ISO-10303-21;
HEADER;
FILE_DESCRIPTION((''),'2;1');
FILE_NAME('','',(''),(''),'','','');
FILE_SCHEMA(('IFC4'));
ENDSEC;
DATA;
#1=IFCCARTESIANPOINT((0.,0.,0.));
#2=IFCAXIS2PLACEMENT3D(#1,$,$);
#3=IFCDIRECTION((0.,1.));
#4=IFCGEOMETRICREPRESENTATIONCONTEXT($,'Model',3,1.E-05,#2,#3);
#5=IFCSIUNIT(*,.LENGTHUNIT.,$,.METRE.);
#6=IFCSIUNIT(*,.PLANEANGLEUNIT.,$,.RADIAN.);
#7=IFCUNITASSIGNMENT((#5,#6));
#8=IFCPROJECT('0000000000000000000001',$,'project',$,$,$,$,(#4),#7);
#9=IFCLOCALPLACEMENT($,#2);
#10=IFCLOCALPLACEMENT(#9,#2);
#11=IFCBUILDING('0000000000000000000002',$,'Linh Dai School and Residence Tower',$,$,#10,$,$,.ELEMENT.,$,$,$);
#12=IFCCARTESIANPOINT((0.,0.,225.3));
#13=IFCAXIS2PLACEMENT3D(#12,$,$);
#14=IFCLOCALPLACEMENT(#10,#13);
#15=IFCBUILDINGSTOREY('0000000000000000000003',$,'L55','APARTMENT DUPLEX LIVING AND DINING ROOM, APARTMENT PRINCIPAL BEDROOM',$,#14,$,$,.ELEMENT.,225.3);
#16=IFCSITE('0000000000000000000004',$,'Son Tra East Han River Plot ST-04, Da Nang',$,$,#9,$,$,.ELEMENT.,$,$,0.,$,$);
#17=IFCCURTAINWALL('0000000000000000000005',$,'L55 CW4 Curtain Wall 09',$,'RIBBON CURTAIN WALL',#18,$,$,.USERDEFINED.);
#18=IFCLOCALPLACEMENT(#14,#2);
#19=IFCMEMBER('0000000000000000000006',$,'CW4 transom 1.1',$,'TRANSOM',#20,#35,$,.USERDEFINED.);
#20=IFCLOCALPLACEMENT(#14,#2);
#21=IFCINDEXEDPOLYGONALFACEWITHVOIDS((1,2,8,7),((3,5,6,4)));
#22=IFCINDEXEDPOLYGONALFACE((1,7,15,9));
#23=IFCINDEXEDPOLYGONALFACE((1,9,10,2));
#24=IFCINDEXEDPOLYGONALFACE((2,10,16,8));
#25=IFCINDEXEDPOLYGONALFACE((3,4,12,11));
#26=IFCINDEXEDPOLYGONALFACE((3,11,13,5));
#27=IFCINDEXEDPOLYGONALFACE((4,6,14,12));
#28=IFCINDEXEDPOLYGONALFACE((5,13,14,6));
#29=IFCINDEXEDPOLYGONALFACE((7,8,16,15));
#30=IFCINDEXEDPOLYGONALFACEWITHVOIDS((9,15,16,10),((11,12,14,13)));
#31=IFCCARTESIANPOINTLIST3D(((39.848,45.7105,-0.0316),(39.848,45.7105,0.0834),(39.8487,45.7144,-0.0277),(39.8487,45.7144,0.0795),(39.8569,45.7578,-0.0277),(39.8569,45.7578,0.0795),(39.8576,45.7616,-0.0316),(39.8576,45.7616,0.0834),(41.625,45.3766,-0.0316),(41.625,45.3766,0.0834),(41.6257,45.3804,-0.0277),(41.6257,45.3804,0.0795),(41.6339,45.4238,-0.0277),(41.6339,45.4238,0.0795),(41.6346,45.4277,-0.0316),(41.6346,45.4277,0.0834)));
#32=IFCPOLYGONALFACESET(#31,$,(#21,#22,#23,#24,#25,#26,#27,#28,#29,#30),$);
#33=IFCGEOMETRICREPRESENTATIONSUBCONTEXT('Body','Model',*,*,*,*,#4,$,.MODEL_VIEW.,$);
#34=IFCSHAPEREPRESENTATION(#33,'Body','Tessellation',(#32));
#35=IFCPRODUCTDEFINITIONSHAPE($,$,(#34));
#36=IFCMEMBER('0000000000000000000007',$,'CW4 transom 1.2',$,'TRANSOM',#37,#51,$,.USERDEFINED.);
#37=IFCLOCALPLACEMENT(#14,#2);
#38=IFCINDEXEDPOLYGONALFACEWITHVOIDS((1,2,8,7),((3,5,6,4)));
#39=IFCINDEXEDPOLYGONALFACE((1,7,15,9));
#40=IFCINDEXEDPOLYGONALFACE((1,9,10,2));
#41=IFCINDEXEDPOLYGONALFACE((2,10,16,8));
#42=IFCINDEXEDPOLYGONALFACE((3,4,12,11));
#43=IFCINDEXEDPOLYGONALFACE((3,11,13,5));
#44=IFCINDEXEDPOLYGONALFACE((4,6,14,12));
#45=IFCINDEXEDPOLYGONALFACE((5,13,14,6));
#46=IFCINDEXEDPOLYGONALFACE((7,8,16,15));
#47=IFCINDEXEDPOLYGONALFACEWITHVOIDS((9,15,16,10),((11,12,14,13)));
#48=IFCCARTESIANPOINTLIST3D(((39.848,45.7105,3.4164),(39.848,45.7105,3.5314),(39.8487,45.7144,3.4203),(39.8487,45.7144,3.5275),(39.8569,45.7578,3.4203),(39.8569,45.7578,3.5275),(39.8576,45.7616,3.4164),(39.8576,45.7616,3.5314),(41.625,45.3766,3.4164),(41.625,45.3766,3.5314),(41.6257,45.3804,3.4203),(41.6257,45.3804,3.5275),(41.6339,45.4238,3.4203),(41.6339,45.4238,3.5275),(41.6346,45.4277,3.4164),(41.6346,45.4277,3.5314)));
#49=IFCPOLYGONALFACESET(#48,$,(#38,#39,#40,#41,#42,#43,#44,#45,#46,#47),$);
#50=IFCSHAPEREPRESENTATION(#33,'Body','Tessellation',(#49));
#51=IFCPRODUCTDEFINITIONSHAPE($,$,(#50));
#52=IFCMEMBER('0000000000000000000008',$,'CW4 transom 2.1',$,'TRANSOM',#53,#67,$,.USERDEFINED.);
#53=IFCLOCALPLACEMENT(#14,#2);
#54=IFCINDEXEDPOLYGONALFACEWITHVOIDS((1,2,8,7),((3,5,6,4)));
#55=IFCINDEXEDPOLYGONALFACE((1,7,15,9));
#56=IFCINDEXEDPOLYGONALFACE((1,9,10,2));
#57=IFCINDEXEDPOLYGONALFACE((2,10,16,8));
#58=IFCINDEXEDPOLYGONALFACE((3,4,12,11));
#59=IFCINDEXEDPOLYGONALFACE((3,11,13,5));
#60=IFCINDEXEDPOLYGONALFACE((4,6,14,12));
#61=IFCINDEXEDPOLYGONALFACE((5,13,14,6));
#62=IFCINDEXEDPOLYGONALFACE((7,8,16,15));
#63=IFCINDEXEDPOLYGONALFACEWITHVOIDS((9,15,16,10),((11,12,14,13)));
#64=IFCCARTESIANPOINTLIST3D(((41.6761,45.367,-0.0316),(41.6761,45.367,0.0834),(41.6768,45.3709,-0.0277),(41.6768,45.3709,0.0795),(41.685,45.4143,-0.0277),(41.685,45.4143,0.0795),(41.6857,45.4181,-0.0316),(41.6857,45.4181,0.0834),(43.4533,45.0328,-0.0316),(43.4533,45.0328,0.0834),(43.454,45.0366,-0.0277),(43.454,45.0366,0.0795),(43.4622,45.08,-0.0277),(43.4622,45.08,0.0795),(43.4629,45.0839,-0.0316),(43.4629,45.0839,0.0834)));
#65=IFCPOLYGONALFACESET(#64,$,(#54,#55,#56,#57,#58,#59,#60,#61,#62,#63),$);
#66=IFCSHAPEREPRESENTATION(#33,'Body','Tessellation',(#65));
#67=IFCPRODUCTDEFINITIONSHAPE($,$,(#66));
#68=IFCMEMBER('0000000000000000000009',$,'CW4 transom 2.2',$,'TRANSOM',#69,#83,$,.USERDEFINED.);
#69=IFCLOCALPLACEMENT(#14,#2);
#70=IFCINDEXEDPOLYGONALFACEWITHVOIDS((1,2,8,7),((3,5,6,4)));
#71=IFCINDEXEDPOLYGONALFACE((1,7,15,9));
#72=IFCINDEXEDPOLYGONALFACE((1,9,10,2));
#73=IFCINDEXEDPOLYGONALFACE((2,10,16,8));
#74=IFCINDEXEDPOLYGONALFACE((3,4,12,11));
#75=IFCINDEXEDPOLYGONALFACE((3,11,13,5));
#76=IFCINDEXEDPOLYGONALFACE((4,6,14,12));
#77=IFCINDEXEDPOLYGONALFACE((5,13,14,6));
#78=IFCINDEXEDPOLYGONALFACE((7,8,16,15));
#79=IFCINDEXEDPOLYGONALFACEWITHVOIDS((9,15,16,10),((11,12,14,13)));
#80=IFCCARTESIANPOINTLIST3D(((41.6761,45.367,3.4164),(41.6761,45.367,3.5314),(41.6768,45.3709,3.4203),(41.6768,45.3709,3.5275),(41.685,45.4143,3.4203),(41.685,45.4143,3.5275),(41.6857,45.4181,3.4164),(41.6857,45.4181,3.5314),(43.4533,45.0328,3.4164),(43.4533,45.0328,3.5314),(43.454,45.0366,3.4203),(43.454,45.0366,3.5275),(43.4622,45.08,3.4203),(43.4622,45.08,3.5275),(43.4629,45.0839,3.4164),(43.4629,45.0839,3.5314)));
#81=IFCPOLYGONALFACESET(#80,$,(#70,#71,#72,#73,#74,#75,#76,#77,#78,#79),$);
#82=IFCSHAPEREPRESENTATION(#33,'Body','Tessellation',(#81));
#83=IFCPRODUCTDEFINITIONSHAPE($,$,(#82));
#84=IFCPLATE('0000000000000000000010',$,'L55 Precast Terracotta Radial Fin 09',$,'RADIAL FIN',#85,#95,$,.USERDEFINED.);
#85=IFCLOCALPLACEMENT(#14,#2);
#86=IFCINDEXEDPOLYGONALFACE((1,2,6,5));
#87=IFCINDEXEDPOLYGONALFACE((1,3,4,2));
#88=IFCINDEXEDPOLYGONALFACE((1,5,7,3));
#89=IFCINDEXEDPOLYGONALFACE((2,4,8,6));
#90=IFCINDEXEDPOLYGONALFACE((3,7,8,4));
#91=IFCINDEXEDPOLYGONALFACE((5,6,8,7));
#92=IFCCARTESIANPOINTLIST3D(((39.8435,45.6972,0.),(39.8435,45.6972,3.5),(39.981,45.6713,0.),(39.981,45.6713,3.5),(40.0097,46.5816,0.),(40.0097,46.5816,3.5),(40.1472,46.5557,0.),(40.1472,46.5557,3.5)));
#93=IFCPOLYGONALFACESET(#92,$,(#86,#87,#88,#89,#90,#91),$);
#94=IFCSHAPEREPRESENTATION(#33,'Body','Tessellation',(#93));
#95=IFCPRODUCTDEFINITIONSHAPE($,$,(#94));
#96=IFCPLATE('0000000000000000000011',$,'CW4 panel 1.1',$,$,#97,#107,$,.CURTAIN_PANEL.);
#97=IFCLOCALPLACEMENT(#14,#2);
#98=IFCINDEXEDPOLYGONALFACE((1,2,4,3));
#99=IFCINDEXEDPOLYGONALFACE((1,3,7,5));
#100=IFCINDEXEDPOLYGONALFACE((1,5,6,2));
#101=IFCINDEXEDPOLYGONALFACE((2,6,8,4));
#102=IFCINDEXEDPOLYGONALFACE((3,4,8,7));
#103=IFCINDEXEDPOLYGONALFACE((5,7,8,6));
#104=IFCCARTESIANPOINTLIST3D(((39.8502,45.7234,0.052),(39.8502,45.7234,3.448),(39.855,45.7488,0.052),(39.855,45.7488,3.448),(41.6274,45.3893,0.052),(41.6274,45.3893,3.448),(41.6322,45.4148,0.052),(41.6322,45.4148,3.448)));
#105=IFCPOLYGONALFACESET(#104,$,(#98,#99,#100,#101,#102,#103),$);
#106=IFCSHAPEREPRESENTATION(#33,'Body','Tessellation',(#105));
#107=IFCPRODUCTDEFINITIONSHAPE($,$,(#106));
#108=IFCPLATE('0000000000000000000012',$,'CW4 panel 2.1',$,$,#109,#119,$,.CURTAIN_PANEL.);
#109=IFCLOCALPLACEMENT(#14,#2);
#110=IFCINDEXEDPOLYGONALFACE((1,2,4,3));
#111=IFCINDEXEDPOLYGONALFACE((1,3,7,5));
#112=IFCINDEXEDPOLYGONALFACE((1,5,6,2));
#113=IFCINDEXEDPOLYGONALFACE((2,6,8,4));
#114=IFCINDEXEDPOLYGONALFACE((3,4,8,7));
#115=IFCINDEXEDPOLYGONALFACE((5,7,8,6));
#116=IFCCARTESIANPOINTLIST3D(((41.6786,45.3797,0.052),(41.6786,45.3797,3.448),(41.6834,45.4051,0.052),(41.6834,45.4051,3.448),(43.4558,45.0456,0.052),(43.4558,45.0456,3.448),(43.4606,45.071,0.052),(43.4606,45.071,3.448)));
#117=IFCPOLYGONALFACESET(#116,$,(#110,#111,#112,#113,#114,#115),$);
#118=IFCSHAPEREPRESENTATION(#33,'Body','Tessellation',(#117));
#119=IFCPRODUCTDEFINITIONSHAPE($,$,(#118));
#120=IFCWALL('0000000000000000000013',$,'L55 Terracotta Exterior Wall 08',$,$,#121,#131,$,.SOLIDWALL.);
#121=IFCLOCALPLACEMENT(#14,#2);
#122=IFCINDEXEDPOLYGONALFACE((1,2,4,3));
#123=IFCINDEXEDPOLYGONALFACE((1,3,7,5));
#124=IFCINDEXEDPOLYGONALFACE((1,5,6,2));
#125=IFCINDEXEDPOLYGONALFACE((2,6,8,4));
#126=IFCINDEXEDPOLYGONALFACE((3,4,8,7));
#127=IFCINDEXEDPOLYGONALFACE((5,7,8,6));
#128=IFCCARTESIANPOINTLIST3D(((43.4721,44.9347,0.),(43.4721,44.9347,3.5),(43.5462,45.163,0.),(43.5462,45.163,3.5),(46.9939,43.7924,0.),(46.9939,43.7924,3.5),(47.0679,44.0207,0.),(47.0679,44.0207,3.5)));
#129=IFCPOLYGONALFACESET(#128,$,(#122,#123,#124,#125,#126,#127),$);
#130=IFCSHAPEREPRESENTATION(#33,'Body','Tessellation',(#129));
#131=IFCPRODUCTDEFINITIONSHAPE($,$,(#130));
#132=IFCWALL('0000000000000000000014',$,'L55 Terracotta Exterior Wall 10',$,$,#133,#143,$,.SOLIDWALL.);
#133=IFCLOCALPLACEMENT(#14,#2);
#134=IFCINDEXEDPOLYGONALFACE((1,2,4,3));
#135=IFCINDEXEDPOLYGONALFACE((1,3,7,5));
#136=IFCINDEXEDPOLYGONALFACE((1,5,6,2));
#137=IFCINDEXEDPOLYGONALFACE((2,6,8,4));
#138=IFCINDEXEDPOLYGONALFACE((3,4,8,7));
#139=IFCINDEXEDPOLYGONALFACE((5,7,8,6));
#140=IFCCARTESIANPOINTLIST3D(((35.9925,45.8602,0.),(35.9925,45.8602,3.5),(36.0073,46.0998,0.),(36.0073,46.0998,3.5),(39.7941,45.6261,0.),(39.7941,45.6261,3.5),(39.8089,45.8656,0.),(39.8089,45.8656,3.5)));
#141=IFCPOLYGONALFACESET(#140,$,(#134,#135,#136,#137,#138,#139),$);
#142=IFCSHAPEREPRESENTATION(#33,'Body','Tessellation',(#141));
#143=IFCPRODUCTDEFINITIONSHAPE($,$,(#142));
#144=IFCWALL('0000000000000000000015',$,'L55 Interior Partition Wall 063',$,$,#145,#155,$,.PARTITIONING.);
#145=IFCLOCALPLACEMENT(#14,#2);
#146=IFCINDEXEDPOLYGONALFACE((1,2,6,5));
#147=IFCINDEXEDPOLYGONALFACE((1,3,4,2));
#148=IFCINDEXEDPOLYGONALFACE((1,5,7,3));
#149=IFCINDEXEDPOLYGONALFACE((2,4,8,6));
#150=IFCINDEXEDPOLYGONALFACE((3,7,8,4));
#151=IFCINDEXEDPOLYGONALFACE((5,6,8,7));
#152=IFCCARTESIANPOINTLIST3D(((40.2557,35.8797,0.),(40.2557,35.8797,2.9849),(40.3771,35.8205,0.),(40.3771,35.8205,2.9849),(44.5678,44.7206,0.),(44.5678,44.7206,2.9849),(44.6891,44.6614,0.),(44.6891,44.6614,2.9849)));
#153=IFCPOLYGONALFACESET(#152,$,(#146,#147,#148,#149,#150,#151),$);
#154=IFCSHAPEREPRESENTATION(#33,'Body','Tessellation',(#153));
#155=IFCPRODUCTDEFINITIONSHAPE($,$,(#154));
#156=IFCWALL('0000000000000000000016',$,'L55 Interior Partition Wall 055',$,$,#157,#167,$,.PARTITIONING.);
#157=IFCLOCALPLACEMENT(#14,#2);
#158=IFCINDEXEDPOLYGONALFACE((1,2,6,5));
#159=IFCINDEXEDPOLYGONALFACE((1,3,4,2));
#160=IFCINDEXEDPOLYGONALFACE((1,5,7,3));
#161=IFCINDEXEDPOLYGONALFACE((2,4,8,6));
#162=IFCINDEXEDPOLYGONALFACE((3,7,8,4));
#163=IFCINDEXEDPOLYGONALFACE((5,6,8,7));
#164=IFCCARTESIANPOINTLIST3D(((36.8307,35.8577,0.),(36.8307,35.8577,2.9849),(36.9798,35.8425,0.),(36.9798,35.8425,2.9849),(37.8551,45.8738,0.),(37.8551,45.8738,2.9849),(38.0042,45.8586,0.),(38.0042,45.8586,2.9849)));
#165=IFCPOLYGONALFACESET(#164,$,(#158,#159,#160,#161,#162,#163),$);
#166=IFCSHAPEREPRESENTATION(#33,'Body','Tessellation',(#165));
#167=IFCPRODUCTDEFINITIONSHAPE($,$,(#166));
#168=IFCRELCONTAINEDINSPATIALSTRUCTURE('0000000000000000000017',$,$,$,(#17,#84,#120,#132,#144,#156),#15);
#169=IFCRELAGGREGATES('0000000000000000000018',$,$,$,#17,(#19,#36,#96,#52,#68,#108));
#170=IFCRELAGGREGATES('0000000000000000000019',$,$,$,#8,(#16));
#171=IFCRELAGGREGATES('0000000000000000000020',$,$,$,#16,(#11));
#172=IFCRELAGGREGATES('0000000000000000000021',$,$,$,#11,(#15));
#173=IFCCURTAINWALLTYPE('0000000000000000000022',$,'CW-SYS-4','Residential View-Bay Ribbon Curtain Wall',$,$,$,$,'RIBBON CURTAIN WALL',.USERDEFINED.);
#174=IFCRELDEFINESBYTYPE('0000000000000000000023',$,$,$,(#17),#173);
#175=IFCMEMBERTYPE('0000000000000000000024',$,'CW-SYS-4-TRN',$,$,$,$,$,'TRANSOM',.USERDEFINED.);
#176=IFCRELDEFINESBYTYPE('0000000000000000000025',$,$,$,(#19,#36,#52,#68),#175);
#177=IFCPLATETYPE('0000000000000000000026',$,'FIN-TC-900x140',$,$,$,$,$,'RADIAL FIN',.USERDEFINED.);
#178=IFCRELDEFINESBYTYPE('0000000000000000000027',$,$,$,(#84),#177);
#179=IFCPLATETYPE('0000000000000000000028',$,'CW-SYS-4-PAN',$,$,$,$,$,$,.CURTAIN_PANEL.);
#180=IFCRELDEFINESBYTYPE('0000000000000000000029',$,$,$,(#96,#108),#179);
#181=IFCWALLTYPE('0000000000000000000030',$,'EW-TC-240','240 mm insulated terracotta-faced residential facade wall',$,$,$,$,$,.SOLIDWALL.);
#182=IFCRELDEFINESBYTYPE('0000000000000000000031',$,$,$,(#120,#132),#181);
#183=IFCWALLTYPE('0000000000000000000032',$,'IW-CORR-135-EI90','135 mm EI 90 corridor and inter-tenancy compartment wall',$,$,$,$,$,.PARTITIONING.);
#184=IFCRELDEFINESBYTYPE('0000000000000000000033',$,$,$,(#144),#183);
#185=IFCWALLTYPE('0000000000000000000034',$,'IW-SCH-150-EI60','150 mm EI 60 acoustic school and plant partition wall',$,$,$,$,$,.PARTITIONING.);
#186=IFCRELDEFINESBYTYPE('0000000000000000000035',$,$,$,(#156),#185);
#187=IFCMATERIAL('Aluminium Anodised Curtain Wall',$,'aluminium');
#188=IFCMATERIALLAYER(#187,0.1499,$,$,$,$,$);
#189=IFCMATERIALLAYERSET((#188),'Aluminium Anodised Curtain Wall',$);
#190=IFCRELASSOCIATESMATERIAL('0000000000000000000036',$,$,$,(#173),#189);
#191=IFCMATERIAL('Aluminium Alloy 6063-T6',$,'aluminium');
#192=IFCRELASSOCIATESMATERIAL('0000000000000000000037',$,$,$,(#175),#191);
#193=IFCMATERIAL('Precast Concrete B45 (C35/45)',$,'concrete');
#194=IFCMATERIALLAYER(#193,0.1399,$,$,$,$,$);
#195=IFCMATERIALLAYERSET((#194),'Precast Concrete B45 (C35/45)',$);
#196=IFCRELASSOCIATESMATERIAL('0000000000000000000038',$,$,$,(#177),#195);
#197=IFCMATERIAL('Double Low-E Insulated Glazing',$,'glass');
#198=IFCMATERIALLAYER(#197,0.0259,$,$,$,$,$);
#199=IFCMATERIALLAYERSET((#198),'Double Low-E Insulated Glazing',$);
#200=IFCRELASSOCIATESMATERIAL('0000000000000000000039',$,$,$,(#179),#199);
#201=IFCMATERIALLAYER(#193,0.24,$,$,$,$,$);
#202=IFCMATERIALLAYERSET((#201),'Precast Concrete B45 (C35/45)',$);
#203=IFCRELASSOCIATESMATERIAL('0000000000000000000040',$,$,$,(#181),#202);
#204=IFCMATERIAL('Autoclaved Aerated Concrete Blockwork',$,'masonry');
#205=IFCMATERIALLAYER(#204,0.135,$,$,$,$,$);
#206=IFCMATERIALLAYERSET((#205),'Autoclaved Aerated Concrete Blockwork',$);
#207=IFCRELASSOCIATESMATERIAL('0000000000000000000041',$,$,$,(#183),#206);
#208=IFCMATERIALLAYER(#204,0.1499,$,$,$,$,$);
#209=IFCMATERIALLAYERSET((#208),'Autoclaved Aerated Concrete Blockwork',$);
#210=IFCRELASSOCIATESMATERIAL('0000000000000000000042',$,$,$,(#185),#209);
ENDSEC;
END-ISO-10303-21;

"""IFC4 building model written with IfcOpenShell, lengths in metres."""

from ifc_helpers import new_model, si_unit, direction, frame, frame_2d, origin, origin_2d, place, context, subcontext, project, spatial, rectangle, hollow_rectangle, extrude, source, transform, mapped, material, layer, layer_set, material_profile, profile_set, type_object, element, aggregate, save


model = new_model("IFC4")

# Units and contexts
model_context = context("Model", 3, precision=1e-05, world=origin(), true_north=direction((0.0, 1.0)))
body_context = subcontext(model_context, "Body", "Model", "MODEL_VIEW")
ifc_project = project(units=[si_unit("LENGTHUNIT", "METRE"), si_unit("PLANEANGLEUNIT", "RADIAN")], contexts=[model_context])

# Site, building, storey
site_placement = place(None, origin())
site = spatial("IfcSite", under=ifc_project, at=site_placement, Name="Son Tra East Han River Plot ST-04, Da Nang", CompositionType="ELEMENT", RefElevation=0.0)
building_placement = place(site_placement, origin())
building = spatial("IfcBuilding", under=site, at=building_placement, Name="Linh Dai School and Residence Tower", CompositionType="ELEMENT")
storey_placement = place(building_placement, frame((0.0, 0.0, 225.3)))
storey = spatial("IfcBuildingStorey", under=building, at=storey_placement, Name="L55", Description="APARTMENT DUPLEX LIVING AND DINING ROOM, APARTMENT PRINCIPAL BEDROOM", CompositionType="ELEMENT", Elevation=225.3)

# Curtain wall, members
ifc_material_1 = material(Name="Aluminium Anodised Curtain Wall", Category="aluminium")
ifc_layer_1 = layer(ifc_material_1, 0.1499)
ifc_layer_set_1 = layer_set([ifc_layer_1], Name="Aluminium Anodised Curtain Wall")
curtain_wall_type = type_object("IfcCurtainWallType", Name="CW-SYS-4", Description="Residential View-Bay Ribbon Curtain Wall", ElementType="RIBBON CURTAIN WALL", PredefinedType="USERDEFINED", material=ifc_layer_set_1)
curtain_wall_placement = place(storey_placement, origin())
curtain_wall = element("IfcCurtainWall", 1, at=curtain_wall_placement, inside=storey, type_object=curtain_wall_type, Name="L55 CW4 Curtain Wall 09", ObjectType="RIBBON CURTAIN WALL", PredefinedType="USERDEFINED")
ifc_material_2 = material(Name="Aluminium Alloy 6063-T6", Category="aluminium")
ifc_material_profile_1 = material_profile(ifc_material_2, hollow_rectangle(XDim=0.052, YDim=0.115, WallThickness=0.0039, at=origin_2d()), Name="RHS 115x52x4")
ifc_profile_set_1 = profile_set([ifc_material_profile_1], Name="Aluminium Alloy 6063-T6")
member_type_1 = type_object("IfcMemberType", Name="CW-SYS-4-TRN", ElementType="TRANSOM", PredefinedType="USERDEFINED", material=ifc_profile_set_1)
shared_shape_1 = source(origin(), body_context, "Body", "SweptSolid", [
    extrude(hollow_rectangle(XDim=0.052, YDim=0.115, WallThickness=0.0039, at=origin_2d()), origin(), (0.0, 0.0, 1.0), 1.8081),
])
member_1_placement = place(storey_placement, frame((39.8528, 45.7361, 0.0259), z_axis=(0.982794, -0.184704, 0.0), x_axis=(0.184704, 0.982794, 0.0)))
member_1 = element("IfcMember", 2, at=member_1_placement, type_object=member_type_1, Name="CW4 transom 1.1", ObjectType="TRANSOM", PredefinedType="USERDEFINED", context=body_context, shape_type="MappedRepresentation", body=[
    mapped(shared_shape_1, transform((0.0, 0.0, 0.0), x_axis=(1.0, 0.0, 0.0), y_axis=(0.0, 1.0, 0.0), z_axis=(0.0, 0.0, 1.0), scale=1.0)),
])
member_2_placement = place(storey_placement, frame((39.8528, 45.7361, 3.4739), z_axis=(0.982794, -0.184704, 0.0), x_axis=(0.184704, 0.982794, 0.0)))
member_2 = element("IfcMember", 3, at=member_2_placement, type_object=member_type_1, Name="CW4 transom 1.2", ObjectType="TRANSOM", PredefinedType="USERDEFINED", context=body_context, shape_type="MappedRepresentation", body=[
    mapped(shared_shape_1, transform((0.0, 0.0, 0.0), x_axis=(1.0, 0.0, 0.0), y_axis=(0.0, 1.0, 0.0), z_axis=(0.0, 0.0, 1.0), scale=1.0)),
])
shared_shape_2 = source(origin(), body_context, "Body", "SweptSolid", [
    extrude(hollow_rectangle(XDim=0.052, YDim=0.115, WallThickness=0.0039, at=origin_2d()), origin(), (0.0, 0.0, 1.0), 1.8083),
])
member_3_placement = place(storey_placement, frame((41.6809, 45.3926, 0.0259), z_axis=(0.98277, -0.184835, 0.0), x_axis=(0.184835, 0.98277, 0.0)))
member_3 = element("IfcMember", 4, at=member_3_placement, type_object=member_type_1, Name="CW4 transom 2.1", ObjectType="TRANSOM", PredefinedType="USERDEFINED", context=body_context, shape_type="MappedRepresentation", body=[
    mapped(shared_shape_2, transform((0.0, 0.0, 0.0), x_axis=(1.0, 0.0, 0.0), y_axis=(0.0, 1.0, 0.0), z_axis=(0.0, 0.0, 1.0), scale=1.0)),
])
member_4_placement = place(storey_placement, frame((41.6809, 45.3926, 3.4739), z_axis=(0.98277, -0.184835, 0.0), x_axis=(0.184835, 0.98277, 0.0)))
member_4 = element("IfcMember", 5, at=member_4_placement, type_object=member_type_1, Name="CW4 transom 2.2", ObjectType="TRANSOM", PredefinedType="USERDEFINED", context=body_context, shape_type="MappedRepresentation", body=[
    mapped(shared_shape_2, transform((0.0, 0.0, 0.0), x_axis=(1.0, 0.0, 0.0), y_axis=(0.0, 1.0, 0.0), z_axis=(0.0, 0.0, 1.0), scale=1.0)),
])

# Plates
ifc_material_3 = material(Name="Precast Concrete B45 (C35/45)", Category="concrete")
ifc_layer_2 = layer(ifc_material_3, 0.1399)
ifc_layer_set_2 = layer_set([ifc_layer_2], Name="Precast Concrete B45 (C35/45)")
plate_type_1 = type_object("IfcPlateType", Name="FIN-TC-900x140", ElementType="RADIAL FIN", PredefinedType="USERDEFINED", material=ifc_layer_set_2)
shared_shape_3 = source(origin(), body_context, "Body", "SweptSolid", [
    extrude(rectangle(XDim=0.8999, YDim=0.1399, at=origin_2d()), origin(), (0.0, 0.0, 1.0), 3.5),
])
plate_1_placement = place(storey_placement, frame((39.9954, 46.1265, 0.0), z_axis=(0.0, 0.0, 1.0), x_axis=(0.184744, 0.982787, 0.0)))
element("IfcPlate", 6, at=plate_1_placement, inside=storey, type_object=plate_type_1, Name="L55 Precast Terracotta Radial Fin 09", ObjectType="RADIAL FIN", PredefinedType="USERDEFINED", context=body_context, shape_type="MappedRepresentation", body=[
    mapped(shared_shape_3, transform((0.0, 0.0, 0.0), x_axis=(1.0, 0.0, 0.0), y_axis=(0.0, 1.0, 0.0), z_axis=(0.0, 0.0, 1.0), scale=1.0)),
])
ifc_material_4 = material(Name="Double Low-E Insulated Glazing", Category="glass")
ifc_layer_3 = layer(ifc_material_4, 0.0259)
ifc_layer_set_3 = layer_set([ifc_layer_3], Name="Double Low-E Insulated Glazing")
plate_type_2 = type_object("IfcPlateType", Name="CW-SYS-4-PAN", PredefinedType="CURTAIN_PANEL", material=ifc_layer_set_3)
shared_shape_4 = source(origin(), body_context, "Body", "SweptSolid", [
    extrude(rectangle(XDim=1.8083, YDim=0.0259, at=origin_2d()), origin(), (0.0, 0.0, 1.0), 3.396),
])
plate_2_placement = place(storey_placement, frame((40.7412, 45.5691, 0.052), z_axis=(0.0, 0.0, 1.0), x_axis=(0.982787, -0.184744, 0.0)))
plate_2 = element("IfcPlate", 7, at=plate_2_placement, type_object=plate_type_2, Name="CW4 panel 1.1", PredefinedType="CURTAIN_PANEL", context=body_context, shape_type="MappedRepresentation", body=[
    mapped(shared_shape_4, transform((0.0, 0.0, 0.0), x_axis=(1.0, 0.0, 0.0), y_axis=(0.0, 1.0, 0.0), z_axis=(0.0, 0.0, 1.0), scale=1.0)),
])
plate_3_placement = place(storey_placement, frame((42.5696, 45.2253, 0.052), z_axis=(0.0, 0.0, 1.0), x_axis=(0.982787, -0.184744, 0.0)))
plate_3 = element("IfcPlate", 8, at=plate_3_placement, type_object=plate_type_2, Name="CW4 panel 2.1", PredefinedType="CURTAIN_PANEL", context=body_context, shape_type="MappedRepresentation", body=[
    mapped(shared_shape_4, transform((0.0, 0.0, 0.0), x_axis=(1.0, 0.0, 0.0), y_axis=(0.0, 1.0, 0.0), z_axis=(0.0, 0.0, 1.0), scale=1.0)),
])
aggregate(curtain_wall, [member_1, member_2, plate_2, member_3, member_4, plate_3])

# Walls
ifc_layer_4 = layer(ifc_material_3, 0.24)
ifc_layer_set_4 = layer_set([ifc_layer_4], Name="Precast Concrete B45 (C35/45)")
wall_type_1 = type_object("IfcWallType", Name="EW-TC-240", Description="240 mm insulated terracotta-faced residential facade wall", PredefinedType="SOLIDWALL", material=ifc_layer_set_4)
wall_1_placement = place(storey_placement, frame((43.5093, 45.0488, 0.0), z_axis=(0.0, 0.0, 1.0), x_axis=(0.951211, -0.308542, 0.0)))
element("IfcWall", 9, at=wall_1_placement, inside=storey, type_object=wall_type_1, Name="L55 Terracotta Exterior Wall 08", PredefinedType="SOLIDWALL", context=body_context, shape_type="SweptSolid", body=[
    extrude(rectangle(XDim=3.7024, YDim=0.24, at=frame_2d((1.8511, 0.0))), origin(), (0.0, 0.0, 1.0), 3.5),
])
wall_2_placement = place(storey_placement, frame((36.0, 45.98, 0.0), z_axis=(0.0, 0.0, 1.0), x_axis=(0.998109, -0.061472, 0.0)))
element("IfcWall", 10, at=wall_2_placement, inside=storey, type_object=wall_type_1, Name="L55 Terracotta Exterior Wall 10", PredefinedType="SOLIDWALL", context=body_context, shape_type="SweptSolid", body=[
    extrude(rectangle(XDim=3.8088, YDim=0.24, at=frame_2d((1.9043, 0.0))), origin(), (0.0, 0.0, 1.0), 3.5),
])
ifc_material_5 = material(Name="Autoclaved Aerated Concrete Blockwork", Category="masonry")
ifc_layer_5 = layer(ifc_material_5, 0.135)
ifc_layer_set_5 = layer_set([ifc_layer_5], Name="Autoclaved Aerated Concrete Blockwork")
wall_type_2 = type_object("IfcWallType", Name="IW-CORR-135-EI90", Description="135 mm EI 90 corridor and inter-tenancy compartment wall", PredefinedType="PARTITIONING", material=ifc_layer_set_5)
wall_3_placement = place(storey_placement, frame((40.3164, 35.8501, 0.0), z_axis=(0.0, 0.0, 1.0), x_axis=(0.438376, 0.898792, 0.0)))
element("IfcWall", 11, at=wall_3_placement, inside=storey, type_object=wall_type_2, Name="L55 Interior Partition Wall 063", PredefinedType="PARTITIONING", context=body_context, shape_type="SweptSolid", body=[
    extrude(rectangle(XDim=9.8364, YDim=0.135, at=frame_2d((4.9182, 0.0))), origin(), (0.0, 0.0, 1.0), 2.9849),
])
ifc_layer_6 = layer(ifc_material_5, 0.1499)
ifc_layer_set_6 = layer_set([ifc_layer_6], Name="Autoclaved Aerated Concrete Blockwork")
wall_type_3 = type_object("IfcWallType", Name="IW-SCH-150-EI60", Description="150 mm EI 60 acoustic school and plant partition wall", PredefinedType="PARTITIONING", material=ifc_layer_set_6)
wall_4_placement = place(storey_placement, frame((36.9053, 35.8501, 0.0), z_axis=(0.0, 0.0, 1.0), x_axis=(0.101746, 0.99481, 0.0)))
element("IfcWall", 12, at=wall_4_placement, inside=storey, type_object=wall_type_3, Name="L55 Interior Partition Wall 055", PredefinedType="PARTITIONING", context=body_context, shape_type="SweptSolid", body=[
    extrude(rectangle(XDim=10.0684, YDim=0.1499, at=frame_2d((5.0342, 0.0))), origin(), (0.0, 0.0, 1.0), 2.9849),
])

save(model, "model.ifc")
